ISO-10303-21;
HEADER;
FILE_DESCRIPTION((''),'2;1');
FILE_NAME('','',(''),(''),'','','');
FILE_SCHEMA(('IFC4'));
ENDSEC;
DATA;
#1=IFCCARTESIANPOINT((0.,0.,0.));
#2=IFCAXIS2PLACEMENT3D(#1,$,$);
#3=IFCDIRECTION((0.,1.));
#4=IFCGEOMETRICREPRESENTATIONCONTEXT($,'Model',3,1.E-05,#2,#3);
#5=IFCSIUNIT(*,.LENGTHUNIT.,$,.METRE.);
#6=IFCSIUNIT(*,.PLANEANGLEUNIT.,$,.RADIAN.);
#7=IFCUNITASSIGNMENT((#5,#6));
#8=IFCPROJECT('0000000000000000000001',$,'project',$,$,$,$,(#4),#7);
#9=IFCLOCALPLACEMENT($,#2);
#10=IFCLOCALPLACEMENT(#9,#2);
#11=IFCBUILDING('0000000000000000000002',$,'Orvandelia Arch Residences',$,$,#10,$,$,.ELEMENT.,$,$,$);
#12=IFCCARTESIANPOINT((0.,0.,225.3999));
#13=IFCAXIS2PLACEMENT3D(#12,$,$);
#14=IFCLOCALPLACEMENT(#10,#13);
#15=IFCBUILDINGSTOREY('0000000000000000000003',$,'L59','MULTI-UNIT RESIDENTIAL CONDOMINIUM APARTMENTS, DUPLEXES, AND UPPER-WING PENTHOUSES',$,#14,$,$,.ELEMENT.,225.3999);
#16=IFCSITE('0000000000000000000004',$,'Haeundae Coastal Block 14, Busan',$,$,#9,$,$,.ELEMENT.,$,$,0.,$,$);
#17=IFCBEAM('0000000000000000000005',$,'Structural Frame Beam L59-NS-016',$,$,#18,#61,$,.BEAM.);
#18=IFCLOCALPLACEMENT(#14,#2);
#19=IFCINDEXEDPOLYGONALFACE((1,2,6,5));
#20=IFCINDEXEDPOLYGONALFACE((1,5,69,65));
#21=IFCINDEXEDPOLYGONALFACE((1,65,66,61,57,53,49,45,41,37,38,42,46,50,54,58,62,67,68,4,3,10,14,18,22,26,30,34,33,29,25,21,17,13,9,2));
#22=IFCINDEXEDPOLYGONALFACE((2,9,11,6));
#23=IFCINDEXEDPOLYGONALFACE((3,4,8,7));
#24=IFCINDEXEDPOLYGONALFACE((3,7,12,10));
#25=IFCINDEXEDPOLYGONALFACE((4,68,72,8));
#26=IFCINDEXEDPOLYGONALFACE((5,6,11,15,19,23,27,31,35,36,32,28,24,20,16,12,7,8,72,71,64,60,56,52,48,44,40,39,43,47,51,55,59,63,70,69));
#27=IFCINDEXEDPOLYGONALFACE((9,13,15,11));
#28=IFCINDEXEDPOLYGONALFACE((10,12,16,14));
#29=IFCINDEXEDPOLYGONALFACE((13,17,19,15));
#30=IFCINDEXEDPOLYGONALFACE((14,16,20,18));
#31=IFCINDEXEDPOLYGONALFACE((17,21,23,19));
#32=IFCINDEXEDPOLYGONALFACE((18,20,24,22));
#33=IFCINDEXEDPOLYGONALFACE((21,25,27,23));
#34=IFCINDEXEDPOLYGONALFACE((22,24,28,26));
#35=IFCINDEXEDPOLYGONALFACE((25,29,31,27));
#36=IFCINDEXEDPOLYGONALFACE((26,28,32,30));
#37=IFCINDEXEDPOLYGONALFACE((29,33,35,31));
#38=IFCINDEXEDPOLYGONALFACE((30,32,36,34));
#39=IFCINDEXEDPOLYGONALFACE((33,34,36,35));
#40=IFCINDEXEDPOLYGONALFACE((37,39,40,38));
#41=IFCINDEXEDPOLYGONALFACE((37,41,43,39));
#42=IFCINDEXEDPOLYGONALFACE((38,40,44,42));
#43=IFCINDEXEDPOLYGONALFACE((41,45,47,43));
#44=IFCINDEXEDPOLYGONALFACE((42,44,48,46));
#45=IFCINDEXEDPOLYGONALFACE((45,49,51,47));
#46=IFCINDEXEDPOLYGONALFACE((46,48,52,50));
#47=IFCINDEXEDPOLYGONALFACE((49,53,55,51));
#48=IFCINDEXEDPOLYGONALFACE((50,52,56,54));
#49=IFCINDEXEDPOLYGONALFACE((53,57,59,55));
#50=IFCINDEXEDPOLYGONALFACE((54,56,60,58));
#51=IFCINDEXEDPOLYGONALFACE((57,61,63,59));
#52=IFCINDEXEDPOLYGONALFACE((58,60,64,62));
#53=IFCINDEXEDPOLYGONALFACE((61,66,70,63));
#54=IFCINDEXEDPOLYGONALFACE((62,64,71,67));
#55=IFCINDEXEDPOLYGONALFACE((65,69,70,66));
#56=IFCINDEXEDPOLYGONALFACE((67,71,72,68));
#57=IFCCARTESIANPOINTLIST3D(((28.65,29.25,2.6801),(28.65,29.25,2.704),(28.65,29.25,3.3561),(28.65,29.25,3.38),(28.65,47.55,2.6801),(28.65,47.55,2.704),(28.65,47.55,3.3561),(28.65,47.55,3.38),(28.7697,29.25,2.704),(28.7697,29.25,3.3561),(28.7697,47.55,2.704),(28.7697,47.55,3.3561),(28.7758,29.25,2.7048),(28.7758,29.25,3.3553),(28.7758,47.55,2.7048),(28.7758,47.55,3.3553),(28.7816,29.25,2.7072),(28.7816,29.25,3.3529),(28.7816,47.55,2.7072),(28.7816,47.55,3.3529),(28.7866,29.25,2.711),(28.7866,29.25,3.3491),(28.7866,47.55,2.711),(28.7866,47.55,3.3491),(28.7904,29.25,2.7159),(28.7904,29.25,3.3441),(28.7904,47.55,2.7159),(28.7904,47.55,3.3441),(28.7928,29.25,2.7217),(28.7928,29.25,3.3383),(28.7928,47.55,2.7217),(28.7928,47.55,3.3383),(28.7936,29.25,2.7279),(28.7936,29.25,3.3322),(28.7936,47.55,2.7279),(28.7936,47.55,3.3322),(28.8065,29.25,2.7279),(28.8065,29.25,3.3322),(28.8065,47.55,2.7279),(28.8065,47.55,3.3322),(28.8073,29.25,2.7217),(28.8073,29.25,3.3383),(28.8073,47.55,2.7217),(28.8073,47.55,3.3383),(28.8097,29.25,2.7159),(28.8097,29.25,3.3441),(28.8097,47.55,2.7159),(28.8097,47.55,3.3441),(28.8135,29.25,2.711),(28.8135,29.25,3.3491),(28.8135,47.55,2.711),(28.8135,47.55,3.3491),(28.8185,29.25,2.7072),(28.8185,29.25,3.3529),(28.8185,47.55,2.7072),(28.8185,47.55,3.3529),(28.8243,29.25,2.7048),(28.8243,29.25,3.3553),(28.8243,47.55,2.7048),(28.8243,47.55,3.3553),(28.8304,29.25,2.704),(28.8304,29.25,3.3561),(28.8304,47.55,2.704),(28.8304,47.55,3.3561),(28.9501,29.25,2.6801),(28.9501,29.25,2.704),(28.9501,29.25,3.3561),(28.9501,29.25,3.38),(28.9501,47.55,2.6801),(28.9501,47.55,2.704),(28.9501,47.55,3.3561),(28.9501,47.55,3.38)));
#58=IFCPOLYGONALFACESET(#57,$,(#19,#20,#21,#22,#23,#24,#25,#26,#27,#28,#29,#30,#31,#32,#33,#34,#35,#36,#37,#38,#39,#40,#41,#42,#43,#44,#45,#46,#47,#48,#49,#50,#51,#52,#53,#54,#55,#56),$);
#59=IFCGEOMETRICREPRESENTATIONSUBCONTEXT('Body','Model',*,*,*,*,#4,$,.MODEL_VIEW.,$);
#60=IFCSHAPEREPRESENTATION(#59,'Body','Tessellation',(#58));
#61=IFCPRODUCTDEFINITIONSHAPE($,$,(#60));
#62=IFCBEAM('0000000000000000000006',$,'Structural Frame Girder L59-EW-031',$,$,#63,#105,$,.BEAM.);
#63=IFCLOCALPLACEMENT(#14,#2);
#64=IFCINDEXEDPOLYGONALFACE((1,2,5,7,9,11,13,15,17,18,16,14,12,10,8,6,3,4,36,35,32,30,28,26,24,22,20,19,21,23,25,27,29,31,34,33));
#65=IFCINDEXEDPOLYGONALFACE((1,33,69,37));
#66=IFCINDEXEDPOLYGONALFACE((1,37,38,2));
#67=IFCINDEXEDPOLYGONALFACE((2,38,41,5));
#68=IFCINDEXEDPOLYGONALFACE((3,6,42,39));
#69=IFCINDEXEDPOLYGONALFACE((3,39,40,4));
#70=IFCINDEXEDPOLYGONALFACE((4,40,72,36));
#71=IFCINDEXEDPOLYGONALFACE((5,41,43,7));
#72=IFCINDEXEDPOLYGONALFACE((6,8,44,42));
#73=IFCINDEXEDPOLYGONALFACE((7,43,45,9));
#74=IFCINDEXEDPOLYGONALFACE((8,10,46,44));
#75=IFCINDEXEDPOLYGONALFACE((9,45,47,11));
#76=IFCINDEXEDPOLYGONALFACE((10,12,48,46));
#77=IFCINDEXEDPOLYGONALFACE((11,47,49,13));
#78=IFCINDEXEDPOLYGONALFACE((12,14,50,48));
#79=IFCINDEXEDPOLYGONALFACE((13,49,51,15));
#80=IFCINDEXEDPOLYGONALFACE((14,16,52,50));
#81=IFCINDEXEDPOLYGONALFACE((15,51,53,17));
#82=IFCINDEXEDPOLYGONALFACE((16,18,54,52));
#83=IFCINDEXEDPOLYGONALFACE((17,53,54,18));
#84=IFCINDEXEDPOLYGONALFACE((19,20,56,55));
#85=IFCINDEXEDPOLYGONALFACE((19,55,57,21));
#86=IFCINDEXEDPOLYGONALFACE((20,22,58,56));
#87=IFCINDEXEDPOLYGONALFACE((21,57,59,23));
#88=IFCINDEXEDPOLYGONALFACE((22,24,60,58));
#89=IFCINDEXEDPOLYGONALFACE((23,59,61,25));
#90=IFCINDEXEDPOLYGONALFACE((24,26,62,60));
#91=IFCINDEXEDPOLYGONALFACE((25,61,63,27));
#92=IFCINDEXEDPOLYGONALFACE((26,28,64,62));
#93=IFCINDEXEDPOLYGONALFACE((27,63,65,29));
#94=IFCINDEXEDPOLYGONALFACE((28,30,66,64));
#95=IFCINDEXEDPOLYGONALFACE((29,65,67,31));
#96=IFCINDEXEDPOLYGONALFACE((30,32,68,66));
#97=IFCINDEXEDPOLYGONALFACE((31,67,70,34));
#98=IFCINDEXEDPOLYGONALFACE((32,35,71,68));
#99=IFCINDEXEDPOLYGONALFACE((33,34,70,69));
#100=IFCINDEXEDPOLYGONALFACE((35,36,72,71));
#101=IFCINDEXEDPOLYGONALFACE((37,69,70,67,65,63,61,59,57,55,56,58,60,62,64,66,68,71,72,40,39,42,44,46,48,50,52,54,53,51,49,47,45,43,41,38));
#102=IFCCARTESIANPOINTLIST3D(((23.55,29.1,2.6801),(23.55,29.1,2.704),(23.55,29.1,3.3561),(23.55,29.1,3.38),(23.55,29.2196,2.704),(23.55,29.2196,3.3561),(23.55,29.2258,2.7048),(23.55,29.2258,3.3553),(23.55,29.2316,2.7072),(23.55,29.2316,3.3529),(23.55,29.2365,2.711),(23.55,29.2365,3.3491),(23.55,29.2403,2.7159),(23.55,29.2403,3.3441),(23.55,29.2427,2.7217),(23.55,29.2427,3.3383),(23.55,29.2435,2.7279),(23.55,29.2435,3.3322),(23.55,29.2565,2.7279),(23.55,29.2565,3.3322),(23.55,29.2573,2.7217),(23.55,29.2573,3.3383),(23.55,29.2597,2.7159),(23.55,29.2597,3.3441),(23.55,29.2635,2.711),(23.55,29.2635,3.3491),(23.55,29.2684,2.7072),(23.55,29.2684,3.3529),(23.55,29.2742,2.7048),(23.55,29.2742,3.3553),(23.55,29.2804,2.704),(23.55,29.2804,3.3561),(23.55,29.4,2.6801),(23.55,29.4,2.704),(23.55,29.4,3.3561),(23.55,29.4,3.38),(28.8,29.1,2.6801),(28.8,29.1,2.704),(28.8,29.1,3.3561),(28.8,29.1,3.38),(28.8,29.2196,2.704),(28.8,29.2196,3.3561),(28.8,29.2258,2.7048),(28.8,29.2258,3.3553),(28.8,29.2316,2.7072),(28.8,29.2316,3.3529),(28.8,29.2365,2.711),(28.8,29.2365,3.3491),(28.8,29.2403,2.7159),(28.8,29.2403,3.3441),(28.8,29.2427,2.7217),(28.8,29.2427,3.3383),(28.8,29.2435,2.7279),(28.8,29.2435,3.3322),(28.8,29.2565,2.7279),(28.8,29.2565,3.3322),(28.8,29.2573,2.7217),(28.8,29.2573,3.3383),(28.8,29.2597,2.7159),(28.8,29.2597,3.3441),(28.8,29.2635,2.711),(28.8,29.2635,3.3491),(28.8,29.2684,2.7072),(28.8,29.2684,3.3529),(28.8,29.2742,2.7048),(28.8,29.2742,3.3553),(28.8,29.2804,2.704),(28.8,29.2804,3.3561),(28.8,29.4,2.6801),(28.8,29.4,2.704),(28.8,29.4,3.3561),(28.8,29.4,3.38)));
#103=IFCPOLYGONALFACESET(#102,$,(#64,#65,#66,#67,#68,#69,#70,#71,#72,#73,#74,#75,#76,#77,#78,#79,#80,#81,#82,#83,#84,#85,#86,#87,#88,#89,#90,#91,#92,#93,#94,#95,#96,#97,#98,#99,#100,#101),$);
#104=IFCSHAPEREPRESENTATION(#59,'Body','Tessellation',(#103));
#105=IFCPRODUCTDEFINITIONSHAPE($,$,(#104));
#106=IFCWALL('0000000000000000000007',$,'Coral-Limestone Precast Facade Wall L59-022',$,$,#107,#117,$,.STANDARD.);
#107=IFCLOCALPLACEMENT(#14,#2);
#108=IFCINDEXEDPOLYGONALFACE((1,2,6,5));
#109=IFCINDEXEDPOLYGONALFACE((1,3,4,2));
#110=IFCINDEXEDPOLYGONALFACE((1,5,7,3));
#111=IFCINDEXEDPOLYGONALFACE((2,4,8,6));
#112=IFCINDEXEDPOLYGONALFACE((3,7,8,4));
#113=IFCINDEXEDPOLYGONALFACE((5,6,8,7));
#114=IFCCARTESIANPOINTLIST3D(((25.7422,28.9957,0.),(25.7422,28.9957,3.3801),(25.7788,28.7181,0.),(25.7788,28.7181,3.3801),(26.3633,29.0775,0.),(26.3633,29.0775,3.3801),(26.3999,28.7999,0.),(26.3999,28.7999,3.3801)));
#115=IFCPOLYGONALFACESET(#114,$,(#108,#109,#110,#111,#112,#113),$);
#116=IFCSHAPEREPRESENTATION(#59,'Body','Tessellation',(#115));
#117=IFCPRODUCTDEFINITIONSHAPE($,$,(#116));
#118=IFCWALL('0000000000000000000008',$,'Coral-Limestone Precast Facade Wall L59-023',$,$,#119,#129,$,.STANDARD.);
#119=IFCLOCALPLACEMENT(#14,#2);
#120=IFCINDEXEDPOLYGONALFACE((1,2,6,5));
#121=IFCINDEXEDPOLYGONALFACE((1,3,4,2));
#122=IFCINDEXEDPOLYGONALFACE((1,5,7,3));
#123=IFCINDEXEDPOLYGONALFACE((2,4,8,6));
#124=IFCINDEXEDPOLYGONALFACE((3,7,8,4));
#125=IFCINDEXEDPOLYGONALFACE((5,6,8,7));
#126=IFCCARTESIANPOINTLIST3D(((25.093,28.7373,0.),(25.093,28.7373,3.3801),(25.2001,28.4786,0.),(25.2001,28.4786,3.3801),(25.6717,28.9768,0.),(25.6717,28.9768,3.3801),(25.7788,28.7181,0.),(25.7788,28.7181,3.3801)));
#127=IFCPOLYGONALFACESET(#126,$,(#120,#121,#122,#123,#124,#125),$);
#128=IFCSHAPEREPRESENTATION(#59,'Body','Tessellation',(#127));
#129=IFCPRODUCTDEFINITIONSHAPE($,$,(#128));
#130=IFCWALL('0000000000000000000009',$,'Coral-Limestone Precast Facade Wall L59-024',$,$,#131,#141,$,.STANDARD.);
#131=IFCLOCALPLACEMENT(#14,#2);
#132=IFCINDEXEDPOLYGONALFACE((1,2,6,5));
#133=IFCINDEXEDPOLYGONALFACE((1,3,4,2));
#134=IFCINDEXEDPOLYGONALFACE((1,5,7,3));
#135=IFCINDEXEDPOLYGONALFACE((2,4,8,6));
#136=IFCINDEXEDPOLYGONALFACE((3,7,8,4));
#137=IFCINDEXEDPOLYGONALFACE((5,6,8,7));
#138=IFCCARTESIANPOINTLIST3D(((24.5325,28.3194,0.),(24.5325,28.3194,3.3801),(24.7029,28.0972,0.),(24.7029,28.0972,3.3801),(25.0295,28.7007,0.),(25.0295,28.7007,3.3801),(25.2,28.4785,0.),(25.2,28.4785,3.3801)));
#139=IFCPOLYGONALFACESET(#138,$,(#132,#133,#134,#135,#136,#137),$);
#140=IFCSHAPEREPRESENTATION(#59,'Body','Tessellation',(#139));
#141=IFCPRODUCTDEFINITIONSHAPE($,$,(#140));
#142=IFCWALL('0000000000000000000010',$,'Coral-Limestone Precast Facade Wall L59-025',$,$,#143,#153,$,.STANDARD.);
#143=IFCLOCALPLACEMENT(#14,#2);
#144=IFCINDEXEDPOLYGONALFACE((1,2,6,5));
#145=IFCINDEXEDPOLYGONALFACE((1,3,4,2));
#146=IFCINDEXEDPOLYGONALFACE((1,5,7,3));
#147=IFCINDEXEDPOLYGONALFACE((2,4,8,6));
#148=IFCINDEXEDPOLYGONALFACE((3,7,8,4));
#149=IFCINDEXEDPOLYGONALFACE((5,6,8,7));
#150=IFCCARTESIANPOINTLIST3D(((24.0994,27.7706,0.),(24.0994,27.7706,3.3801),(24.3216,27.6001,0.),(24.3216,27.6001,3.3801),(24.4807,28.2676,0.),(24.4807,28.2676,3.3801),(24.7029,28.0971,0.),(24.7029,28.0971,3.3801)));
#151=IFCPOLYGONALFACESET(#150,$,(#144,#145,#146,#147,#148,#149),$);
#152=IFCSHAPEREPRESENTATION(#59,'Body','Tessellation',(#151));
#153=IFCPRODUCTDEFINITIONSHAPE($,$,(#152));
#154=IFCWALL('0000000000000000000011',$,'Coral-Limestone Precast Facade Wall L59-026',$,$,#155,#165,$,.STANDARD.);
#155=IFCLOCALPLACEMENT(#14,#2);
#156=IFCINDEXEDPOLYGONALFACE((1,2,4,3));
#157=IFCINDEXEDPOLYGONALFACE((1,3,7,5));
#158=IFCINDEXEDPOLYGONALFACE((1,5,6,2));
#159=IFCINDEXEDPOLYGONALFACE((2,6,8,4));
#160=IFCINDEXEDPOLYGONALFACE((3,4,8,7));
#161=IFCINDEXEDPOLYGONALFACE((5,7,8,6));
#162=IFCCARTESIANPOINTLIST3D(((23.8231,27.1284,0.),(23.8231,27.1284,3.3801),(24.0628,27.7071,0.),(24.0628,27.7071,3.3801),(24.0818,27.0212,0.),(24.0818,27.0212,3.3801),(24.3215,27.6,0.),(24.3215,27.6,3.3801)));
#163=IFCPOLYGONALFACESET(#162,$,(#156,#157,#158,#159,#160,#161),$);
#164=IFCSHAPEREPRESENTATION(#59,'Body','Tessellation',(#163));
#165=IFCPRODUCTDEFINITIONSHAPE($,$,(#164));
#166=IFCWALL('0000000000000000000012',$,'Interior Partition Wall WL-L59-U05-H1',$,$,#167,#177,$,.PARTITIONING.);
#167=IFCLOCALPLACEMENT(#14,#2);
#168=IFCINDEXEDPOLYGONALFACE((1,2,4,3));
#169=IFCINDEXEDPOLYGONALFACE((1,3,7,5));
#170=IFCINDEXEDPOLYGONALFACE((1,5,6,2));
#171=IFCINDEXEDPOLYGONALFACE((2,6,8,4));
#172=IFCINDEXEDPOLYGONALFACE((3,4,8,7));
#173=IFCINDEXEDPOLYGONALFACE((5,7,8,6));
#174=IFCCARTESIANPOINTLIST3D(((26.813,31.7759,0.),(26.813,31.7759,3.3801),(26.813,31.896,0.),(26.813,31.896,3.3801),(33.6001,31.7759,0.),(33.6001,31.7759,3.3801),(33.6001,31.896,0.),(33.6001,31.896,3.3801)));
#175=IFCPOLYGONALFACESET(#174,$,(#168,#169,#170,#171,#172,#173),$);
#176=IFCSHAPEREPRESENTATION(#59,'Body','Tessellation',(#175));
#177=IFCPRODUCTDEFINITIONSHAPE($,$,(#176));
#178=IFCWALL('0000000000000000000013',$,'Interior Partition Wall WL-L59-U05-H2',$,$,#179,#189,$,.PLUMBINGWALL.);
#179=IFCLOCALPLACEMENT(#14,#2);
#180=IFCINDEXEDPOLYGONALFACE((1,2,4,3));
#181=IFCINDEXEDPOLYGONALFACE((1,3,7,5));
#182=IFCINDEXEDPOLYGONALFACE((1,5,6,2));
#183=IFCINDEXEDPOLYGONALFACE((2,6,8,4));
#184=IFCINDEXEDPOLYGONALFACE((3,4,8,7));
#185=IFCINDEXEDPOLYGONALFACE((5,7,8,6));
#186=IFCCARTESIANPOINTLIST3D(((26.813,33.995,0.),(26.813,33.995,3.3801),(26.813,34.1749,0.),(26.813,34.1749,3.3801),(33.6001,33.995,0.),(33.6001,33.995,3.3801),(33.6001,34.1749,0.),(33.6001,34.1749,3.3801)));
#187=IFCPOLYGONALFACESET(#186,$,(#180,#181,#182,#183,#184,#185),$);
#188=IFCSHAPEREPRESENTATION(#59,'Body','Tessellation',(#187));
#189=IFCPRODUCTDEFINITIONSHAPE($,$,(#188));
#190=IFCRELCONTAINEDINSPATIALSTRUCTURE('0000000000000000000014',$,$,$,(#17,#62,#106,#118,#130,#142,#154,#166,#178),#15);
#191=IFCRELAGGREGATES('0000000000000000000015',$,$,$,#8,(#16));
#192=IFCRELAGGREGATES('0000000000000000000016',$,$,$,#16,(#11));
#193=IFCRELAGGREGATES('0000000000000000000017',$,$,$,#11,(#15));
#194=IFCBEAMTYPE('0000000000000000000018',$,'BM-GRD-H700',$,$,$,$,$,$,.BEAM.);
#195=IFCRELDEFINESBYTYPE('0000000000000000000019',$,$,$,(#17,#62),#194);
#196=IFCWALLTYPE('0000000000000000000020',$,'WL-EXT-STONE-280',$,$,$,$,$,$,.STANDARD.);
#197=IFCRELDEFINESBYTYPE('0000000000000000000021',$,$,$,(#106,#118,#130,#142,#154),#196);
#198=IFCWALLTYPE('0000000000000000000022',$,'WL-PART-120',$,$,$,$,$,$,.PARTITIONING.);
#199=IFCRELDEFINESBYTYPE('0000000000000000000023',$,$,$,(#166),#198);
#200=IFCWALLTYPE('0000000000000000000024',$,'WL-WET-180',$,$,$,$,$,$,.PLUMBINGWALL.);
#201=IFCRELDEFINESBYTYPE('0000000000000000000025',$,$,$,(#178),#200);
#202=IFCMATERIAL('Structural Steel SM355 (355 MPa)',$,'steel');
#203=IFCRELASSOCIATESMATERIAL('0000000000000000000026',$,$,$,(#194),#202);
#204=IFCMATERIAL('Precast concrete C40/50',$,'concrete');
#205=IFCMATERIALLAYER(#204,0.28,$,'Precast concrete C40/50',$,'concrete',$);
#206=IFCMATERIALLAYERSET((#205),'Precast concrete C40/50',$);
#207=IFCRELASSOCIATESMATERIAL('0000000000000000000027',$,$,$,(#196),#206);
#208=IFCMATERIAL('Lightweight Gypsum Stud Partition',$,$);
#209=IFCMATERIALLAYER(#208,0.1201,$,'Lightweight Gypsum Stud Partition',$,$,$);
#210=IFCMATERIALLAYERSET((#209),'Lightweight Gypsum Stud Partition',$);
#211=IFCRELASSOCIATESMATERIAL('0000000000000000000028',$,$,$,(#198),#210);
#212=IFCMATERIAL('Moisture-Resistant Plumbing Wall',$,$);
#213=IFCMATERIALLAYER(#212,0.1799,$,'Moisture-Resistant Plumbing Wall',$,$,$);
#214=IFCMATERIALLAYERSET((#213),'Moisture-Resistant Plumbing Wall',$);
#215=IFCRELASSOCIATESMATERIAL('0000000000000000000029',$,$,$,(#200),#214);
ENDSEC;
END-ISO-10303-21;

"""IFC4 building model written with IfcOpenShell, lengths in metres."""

from ifc_helpers import new_model, si_unit, direction, frame, frame_2d, origin, origin_2d, place, context, subcontext, project, spatial, rectangle, i_section, extrude, material, layer, layer_set, material_profile, profile_set, type_object, element, save


model = new_model("IFC4")

# Units and contexts
model_context = context("Model", 3, precision=1e-05, world=origin(), true_north=direction((0.0, 1.0)))
body_context = subcontext(model_context, "Body", "Model", "MODEL_VIEW")
ifc_project = project(units=[si_unit("LENGTHUNIT", "METRE"), si_unit("PLANEANGLEUNIT", "RADIAN")], contexts=[model_context])

# Site, building, storey
site_placement = place(None, origin())
site = spatial("IfcSite", under=ifc_project, at=site_placement, Name="Haeundae Coastal Block 14, Busan", CompositionType="ELEMENT", RefElevation=0.0)
building_placement = place(site_placement, origin())
building = spatial("IfcBuilding", under=site, at=building_placement, Name="Orvandelia Arch Residences", CompositionType="ELEMENT")
storey_placement = place(building_placement, frame((0.0, 0.0, 225.3999)))
storey = spatial("IfcBuildingStorey", under=building, at=storey_placement, Name="L59", Description="MULTI-UNIT RESIDENTIAL CONDOMINIUM APARTMENTS, DUPLEXES, AND UPPER-WING PENTHOUSES", CompositionType="ELEMENT", Elevation=225.3999)

# Beams
ifc_material_1 = material(Name="Structural Steel SM355 (355 MPa)", Category="steel")
ifc_material_profile_1 = material_profile(ifc_material_1, i_section(OverallWidth=0.3, OverallDepth=0.7, WebThickness=0.0129, FlangeThickness=0.0239, FilletRadius=0.0239, at=origin_2d()), Name="Structural Steel SM355 (355 MPa)", Category="steel")
ifc_profile_set_1 = profile_set([ifc_material_profile_1], Name="Structural Steel SM355 (355 MPa)")
beam_type = type_object("IfcBeamType", Name="BM-GRD-H700", PredefinedType="BEAM", material=ifc_profile_set_1)
beam_1_placement = place(storey_placement, frame((28.8, 29.25, 3.03), z_axis=(0.0, 1.0, 0.0), x_axis=(-1.0, 0.0, 0.0)))
element("IfcBeam", 1, at=beam_1_placement, inside=storey, type_object=beam_type, Name="Structural Frame Beam L59-NS-016", PredefinedType="BEAM", context=body_context, shape_type="SweptSolid", body=[
    extrude(i_section(OverallWidth=0.3, OverallDepth=0.7, WebThickness=0.0129, FlangeThickness=0.0239, FilletRadius=0.0239, at=origin_2d()), origin(), (0.0, 0.0, 1.0), 18.3),
])
beam_2_placement = place(storey_placement, frame((23.55, 29.25, 3.03), z_axis=(1.0, 0.0, 0.0), x_axis=(0.0, 1.0, 0.0)))
element("IfcBeam", 2, at=beam_2_placement, inside=storey, type_object=beam_type, Name="Structural Frame Girder L59-EW-031", PredefinedType="BEAM", context=body_context, shape_type="SweptSolid", body=[
    extrude(i_section(OverallWidth=0.3, OverallDepth=0.7, WebThickness=0.0129, FlangeThickness=0.0239, FilletRadius=0.0239, at=origin_2d()), origin(), (0.0, 0.0, 1.0), 5.25),
])

# Walls
ifc_material_2 = material(Name="Precast concrete C40/50", Category="concrete")
ifc_layer_1 = layer(ifc_material_2, 0.28, Name="Precast concrete C40/50", Category="concrete")
ifc_layer_set_1 = layer_set([ifc_layer_1], Name="Precast concrete C40/50")
wall_type_1 = type_object("IfcWallType", Name="WL-EXT-STONE-280", PredefinedType="STANDARD", material=ifc_layer_set_1)
wall_1_placement = place(storey_placement, frame((26.3816, 28.9387, 0.0), z_axis=(0.0, 0.0, 1.0), x_axis=(-0.991441, -0.130555, 0.0)))
element("IfcWall", 3, at=wall_1_placement, inside=storey, type_object=wall_type_1, Name="Coral-Limestone Precast Facade Wall L59-022", PredefinedType="STANDARD", context=body_context, shape_type="SweptSolid", body=[
    extrude(rectangle(XDim=0.6265, YDim=0.28, at=frame_2d((0.3132, 0.0))), origin(), (0.0, 0.0, 1.0), 3.3801),
])
wall_2_placement = place(storey_placement, frame((25.7251, 28.8474, 0.0), z_axis=(0.0, 0.0, 1.0), x_axis=(-0.923974, -0.382455, 0.0)))
element("IfcWall", 4, at=wall_2_placement, inside=storey, type_object=wall_type_1, Name="Coral-Limestone Precast Facade Wall L59-023", PredefinedType="STANDARD", context=body_context, shape_type="SweptSolid", body=[
    extrude(rectangle(XDim=0.6262, YDim=0.28, at=frame_2d((0.313, 0.0))), origin(), (0.0, 0.0, 1.0), 3.3801),
])
for number, where, z_axis, x_axis, name in (
    (5, (25.1147, 28.5896, 0.0), (0.0, 0.0, 1.0), (-0.793406, -0.608693, 0.0), "Coral-Limestone Precast Facade Wall L59-024"),
    (6, (24.5918, 28.1824, 0.0), (0.0, 0.0, 1.0), (-0.608693, -0.793406, 0.0), "Coral-Limestone Precast Facade Wall L59-025"),
    (7, (24.1921, 27.6536, 0.0), (0.0, 0.0, 1.0), (-0.38265, -0.923893, 0.0), "Coral-Limestone Precast Facade Wall L59-026"),
):
    element("IfcWall", number, at=place(storey_placement, frame(where, z_axis=z_axis, x_axis=x_axis)), inside=storey, type_object=wall_type_1, Name=name, PredefinedType="STANDARD", context=body_context, shape_type="SweptSolid", body=[
        extrude(rectangle(XDim=0.6265, YDim=0.28, at=frame_2d((0.3132, 0.0))), origin(), (0.0, 0.0, 1.0), 3.3801),
    ])
ifc_material_3 = material(Name="Lightweight Gypsum Stud Partition")
ifc_layer_2 = layer(ifc_material_3, 0.1201, Name="Lightweight Gypsum Stud Partition")
ifc_layer_set_2 = layer_set([ifc_layer_2], Name="Lightweight Gypsum Stud Partition")
wall_type_2 = type_object("IfcWallType", Name="WL-PART-120", PredefinedType="PARTITIONING", material=ifc_layer_set_2)
wall_3_placement = place(storey_placement, frame((26.813, 31.8359, 0.0), z_axis=(0.0, 0.0, 1.0), x_axis=(1.0, 0.0, 0.0)))
element("IfcWall", 8, at=wall_3_placement, inside=storey, type_object=wall_type_2, Name="Interior Partition Wall WL-L59-U05-H1", PredefinedType="PARTITIONING", context=body_context, shape_type="SweptSolid", body=[
    extrude(rectangle(XDim=6.7871, YDim=0.1201, at=frame_2d((3.3936, 0.0))), origin(), (0.0, 0.0, 1.0), 3.3801),
])

# Shared definitions
ifc_material_4 = material(Name="Moisture-Resistant Plumbing Wall")
ifc_layer_3 = layer(ifc_material_4, 0.1799, Name="Moisture-Resistant Plumbing Wall")
ifc_layer_set_3 = layer_set([ifc_layer_3], Name="Moisture-Resistant Plumbing Wall")
wall_type_3 = type_object("IfcWallType", Name="WL-WET-180", PredefinedType="PLUMBINGWALL", material=ifc_layer_set_3)

# Wall
wall_4_placement = place(storey_placement, frame((26.813, 34.085, 0.0), z_axis=(0.0, 0.0, 1.0), x_axis=(1.0, 0.0, 0.0)))
element("IfcWall", 9, at=wall_4_placement, inside=storey, type_object=wall_type_3, Name="Interior Partition Wall WL-L59-U05-H2", PredefinedType="PLUMBINGWALL", context=body_context, shape_type="SweptSolid", body=[
    extrude(rectangle(XDim=6.7871, YDim=0.1799, at=frame_2d((3.3936, 0.0))), origin(), (0.0, 0.0, 1.0), 3.3801),
])

save(model, "model.ifc")
